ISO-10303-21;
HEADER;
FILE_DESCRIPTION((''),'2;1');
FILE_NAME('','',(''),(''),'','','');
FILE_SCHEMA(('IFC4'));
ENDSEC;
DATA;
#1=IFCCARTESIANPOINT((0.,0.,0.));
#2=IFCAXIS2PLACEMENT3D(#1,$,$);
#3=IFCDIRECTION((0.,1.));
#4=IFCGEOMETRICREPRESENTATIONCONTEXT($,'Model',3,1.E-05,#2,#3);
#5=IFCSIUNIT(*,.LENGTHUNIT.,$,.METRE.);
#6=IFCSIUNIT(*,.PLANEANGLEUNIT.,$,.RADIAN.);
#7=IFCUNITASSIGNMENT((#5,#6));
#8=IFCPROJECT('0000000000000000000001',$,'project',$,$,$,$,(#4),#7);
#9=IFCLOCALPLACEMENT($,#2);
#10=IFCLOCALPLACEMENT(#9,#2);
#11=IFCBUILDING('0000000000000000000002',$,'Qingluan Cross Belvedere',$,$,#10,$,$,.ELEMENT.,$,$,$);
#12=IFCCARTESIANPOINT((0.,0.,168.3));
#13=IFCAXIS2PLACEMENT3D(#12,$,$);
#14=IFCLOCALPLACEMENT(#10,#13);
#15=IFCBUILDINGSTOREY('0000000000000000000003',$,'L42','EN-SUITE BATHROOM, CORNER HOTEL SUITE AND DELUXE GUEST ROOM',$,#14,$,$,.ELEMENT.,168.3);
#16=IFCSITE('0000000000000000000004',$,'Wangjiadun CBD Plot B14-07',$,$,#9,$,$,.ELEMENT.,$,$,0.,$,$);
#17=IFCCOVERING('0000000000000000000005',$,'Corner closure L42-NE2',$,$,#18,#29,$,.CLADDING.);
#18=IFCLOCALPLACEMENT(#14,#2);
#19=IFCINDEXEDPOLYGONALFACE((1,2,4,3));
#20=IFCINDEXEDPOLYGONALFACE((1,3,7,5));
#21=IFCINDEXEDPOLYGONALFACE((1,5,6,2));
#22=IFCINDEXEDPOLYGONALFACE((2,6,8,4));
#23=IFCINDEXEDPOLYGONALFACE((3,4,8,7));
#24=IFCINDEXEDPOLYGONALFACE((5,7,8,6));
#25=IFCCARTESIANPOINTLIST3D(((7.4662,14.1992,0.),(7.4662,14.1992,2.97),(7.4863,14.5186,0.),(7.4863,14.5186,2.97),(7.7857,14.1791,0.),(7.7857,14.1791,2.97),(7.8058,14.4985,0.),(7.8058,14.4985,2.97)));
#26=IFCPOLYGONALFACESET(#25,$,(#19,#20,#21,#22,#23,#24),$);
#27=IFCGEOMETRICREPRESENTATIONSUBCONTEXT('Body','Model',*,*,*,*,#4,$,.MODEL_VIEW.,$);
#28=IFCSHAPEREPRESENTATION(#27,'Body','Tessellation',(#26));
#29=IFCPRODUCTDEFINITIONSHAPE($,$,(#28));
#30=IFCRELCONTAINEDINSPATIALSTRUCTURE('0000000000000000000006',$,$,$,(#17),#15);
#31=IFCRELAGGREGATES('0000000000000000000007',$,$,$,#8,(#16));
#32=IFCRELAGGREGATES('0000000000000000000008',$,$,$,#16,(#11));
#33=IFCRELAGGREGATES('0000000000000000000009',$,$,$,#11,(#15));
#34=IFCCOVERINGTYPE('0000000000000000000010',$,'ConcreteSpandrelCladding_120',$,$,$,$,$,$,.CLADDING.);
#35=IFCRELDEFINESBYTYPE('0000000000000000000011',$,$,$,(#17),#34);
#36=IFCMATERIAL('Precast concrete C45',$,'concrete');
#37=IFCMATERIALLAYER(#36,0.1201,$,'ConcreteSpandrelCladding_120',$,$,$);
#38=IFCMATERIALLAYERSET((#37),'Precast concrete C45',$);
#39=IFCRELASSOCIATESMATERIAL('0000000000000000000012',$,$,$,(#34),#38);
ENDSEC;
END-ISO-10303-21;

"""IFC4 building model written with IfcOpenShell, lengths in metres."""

from ifc_helpers import new_model, si_unit, direction, frame, origin, origin_2d, place, context, subcontext, project, spatial, rectangle, extrude, material, layer, layer_set, type_object, element, save


model = new_model("IFC4")

# Units and contexts
model_context = context("Model", 3, precision=1e-05, world=origin(), true_north=direction((0.0, 1.0)))
body_context = subcontext(model_context, "Body", "Model", "MODEL_VIEW")
ifc_project = project(units=[si_unit("LENGTHUNIT", "METRE"), si_unit("PLANEANGLEUNIT", "RADIAN")], contexts=[model_context])

# Site, building, storey
site_placement = place(None, origin())
site = spatial("IfcSite", under=ifc_project, at=site_placement, Name="Wangjiadun CBD Plot B14-07", CompositionType="ELEMENT", RefElevation=0.0)
building_placement = place(site_placement, origin())
building = spatial("IfcBuilding", under=site, at=building_placement, Name="Qingluan Cross Belvedere", CompositionType="ELEMENT")
storey_placement = place(building_placement, frame((0.0, 0.0, 168.3)))
storey = spatial("IfcBuildingStorey", under=building, at=storey_placement, Name="L42", Description="EN-SUITE BATHROOM, CORNER HOTEL SUITE AND DELUXE GUEST ROOM", CompositionType="ELEMENT", Elevation=168.3)

# Covering
ifc_material_1 = material(Name="Precast concrete C45", Category="concrete")
ifc_layer_1 = layer(ifc_material_1, 0.1201, Name="ConcreteSpandrelCladding_120")
ifc_layer_set_1 = layer_set([ifc_layer_1], Name="Precast concrete C45")
covering_type = type_object("IfcCoveringType", Name="ConcreteSpandrelCladding_120", PredefinedType="CLADDING", material=ifc_layer_set_1)
covering_placement = place(storey_placement, frame((7.636, 14.3489, 0.0), z_axis=(0.0, 0.0, 1.0), x_axis=(0.998027, -0.062791, 0.0)))
element("IfcCovering", 1, at=covering_placement, inside=storey, type_object=covering_type, Name="Corner closure L42-NE2", PredefinedType="CLADDING", context=body_context, shape_type="SweptSolid", body=[
    extrude(rectangle(XDim=0.3201, YDim=0.3201, at=origin_2d()), origin(), (0.0, 0.0, 1.0), 2.97),
])

save(model, "model.ifc")
